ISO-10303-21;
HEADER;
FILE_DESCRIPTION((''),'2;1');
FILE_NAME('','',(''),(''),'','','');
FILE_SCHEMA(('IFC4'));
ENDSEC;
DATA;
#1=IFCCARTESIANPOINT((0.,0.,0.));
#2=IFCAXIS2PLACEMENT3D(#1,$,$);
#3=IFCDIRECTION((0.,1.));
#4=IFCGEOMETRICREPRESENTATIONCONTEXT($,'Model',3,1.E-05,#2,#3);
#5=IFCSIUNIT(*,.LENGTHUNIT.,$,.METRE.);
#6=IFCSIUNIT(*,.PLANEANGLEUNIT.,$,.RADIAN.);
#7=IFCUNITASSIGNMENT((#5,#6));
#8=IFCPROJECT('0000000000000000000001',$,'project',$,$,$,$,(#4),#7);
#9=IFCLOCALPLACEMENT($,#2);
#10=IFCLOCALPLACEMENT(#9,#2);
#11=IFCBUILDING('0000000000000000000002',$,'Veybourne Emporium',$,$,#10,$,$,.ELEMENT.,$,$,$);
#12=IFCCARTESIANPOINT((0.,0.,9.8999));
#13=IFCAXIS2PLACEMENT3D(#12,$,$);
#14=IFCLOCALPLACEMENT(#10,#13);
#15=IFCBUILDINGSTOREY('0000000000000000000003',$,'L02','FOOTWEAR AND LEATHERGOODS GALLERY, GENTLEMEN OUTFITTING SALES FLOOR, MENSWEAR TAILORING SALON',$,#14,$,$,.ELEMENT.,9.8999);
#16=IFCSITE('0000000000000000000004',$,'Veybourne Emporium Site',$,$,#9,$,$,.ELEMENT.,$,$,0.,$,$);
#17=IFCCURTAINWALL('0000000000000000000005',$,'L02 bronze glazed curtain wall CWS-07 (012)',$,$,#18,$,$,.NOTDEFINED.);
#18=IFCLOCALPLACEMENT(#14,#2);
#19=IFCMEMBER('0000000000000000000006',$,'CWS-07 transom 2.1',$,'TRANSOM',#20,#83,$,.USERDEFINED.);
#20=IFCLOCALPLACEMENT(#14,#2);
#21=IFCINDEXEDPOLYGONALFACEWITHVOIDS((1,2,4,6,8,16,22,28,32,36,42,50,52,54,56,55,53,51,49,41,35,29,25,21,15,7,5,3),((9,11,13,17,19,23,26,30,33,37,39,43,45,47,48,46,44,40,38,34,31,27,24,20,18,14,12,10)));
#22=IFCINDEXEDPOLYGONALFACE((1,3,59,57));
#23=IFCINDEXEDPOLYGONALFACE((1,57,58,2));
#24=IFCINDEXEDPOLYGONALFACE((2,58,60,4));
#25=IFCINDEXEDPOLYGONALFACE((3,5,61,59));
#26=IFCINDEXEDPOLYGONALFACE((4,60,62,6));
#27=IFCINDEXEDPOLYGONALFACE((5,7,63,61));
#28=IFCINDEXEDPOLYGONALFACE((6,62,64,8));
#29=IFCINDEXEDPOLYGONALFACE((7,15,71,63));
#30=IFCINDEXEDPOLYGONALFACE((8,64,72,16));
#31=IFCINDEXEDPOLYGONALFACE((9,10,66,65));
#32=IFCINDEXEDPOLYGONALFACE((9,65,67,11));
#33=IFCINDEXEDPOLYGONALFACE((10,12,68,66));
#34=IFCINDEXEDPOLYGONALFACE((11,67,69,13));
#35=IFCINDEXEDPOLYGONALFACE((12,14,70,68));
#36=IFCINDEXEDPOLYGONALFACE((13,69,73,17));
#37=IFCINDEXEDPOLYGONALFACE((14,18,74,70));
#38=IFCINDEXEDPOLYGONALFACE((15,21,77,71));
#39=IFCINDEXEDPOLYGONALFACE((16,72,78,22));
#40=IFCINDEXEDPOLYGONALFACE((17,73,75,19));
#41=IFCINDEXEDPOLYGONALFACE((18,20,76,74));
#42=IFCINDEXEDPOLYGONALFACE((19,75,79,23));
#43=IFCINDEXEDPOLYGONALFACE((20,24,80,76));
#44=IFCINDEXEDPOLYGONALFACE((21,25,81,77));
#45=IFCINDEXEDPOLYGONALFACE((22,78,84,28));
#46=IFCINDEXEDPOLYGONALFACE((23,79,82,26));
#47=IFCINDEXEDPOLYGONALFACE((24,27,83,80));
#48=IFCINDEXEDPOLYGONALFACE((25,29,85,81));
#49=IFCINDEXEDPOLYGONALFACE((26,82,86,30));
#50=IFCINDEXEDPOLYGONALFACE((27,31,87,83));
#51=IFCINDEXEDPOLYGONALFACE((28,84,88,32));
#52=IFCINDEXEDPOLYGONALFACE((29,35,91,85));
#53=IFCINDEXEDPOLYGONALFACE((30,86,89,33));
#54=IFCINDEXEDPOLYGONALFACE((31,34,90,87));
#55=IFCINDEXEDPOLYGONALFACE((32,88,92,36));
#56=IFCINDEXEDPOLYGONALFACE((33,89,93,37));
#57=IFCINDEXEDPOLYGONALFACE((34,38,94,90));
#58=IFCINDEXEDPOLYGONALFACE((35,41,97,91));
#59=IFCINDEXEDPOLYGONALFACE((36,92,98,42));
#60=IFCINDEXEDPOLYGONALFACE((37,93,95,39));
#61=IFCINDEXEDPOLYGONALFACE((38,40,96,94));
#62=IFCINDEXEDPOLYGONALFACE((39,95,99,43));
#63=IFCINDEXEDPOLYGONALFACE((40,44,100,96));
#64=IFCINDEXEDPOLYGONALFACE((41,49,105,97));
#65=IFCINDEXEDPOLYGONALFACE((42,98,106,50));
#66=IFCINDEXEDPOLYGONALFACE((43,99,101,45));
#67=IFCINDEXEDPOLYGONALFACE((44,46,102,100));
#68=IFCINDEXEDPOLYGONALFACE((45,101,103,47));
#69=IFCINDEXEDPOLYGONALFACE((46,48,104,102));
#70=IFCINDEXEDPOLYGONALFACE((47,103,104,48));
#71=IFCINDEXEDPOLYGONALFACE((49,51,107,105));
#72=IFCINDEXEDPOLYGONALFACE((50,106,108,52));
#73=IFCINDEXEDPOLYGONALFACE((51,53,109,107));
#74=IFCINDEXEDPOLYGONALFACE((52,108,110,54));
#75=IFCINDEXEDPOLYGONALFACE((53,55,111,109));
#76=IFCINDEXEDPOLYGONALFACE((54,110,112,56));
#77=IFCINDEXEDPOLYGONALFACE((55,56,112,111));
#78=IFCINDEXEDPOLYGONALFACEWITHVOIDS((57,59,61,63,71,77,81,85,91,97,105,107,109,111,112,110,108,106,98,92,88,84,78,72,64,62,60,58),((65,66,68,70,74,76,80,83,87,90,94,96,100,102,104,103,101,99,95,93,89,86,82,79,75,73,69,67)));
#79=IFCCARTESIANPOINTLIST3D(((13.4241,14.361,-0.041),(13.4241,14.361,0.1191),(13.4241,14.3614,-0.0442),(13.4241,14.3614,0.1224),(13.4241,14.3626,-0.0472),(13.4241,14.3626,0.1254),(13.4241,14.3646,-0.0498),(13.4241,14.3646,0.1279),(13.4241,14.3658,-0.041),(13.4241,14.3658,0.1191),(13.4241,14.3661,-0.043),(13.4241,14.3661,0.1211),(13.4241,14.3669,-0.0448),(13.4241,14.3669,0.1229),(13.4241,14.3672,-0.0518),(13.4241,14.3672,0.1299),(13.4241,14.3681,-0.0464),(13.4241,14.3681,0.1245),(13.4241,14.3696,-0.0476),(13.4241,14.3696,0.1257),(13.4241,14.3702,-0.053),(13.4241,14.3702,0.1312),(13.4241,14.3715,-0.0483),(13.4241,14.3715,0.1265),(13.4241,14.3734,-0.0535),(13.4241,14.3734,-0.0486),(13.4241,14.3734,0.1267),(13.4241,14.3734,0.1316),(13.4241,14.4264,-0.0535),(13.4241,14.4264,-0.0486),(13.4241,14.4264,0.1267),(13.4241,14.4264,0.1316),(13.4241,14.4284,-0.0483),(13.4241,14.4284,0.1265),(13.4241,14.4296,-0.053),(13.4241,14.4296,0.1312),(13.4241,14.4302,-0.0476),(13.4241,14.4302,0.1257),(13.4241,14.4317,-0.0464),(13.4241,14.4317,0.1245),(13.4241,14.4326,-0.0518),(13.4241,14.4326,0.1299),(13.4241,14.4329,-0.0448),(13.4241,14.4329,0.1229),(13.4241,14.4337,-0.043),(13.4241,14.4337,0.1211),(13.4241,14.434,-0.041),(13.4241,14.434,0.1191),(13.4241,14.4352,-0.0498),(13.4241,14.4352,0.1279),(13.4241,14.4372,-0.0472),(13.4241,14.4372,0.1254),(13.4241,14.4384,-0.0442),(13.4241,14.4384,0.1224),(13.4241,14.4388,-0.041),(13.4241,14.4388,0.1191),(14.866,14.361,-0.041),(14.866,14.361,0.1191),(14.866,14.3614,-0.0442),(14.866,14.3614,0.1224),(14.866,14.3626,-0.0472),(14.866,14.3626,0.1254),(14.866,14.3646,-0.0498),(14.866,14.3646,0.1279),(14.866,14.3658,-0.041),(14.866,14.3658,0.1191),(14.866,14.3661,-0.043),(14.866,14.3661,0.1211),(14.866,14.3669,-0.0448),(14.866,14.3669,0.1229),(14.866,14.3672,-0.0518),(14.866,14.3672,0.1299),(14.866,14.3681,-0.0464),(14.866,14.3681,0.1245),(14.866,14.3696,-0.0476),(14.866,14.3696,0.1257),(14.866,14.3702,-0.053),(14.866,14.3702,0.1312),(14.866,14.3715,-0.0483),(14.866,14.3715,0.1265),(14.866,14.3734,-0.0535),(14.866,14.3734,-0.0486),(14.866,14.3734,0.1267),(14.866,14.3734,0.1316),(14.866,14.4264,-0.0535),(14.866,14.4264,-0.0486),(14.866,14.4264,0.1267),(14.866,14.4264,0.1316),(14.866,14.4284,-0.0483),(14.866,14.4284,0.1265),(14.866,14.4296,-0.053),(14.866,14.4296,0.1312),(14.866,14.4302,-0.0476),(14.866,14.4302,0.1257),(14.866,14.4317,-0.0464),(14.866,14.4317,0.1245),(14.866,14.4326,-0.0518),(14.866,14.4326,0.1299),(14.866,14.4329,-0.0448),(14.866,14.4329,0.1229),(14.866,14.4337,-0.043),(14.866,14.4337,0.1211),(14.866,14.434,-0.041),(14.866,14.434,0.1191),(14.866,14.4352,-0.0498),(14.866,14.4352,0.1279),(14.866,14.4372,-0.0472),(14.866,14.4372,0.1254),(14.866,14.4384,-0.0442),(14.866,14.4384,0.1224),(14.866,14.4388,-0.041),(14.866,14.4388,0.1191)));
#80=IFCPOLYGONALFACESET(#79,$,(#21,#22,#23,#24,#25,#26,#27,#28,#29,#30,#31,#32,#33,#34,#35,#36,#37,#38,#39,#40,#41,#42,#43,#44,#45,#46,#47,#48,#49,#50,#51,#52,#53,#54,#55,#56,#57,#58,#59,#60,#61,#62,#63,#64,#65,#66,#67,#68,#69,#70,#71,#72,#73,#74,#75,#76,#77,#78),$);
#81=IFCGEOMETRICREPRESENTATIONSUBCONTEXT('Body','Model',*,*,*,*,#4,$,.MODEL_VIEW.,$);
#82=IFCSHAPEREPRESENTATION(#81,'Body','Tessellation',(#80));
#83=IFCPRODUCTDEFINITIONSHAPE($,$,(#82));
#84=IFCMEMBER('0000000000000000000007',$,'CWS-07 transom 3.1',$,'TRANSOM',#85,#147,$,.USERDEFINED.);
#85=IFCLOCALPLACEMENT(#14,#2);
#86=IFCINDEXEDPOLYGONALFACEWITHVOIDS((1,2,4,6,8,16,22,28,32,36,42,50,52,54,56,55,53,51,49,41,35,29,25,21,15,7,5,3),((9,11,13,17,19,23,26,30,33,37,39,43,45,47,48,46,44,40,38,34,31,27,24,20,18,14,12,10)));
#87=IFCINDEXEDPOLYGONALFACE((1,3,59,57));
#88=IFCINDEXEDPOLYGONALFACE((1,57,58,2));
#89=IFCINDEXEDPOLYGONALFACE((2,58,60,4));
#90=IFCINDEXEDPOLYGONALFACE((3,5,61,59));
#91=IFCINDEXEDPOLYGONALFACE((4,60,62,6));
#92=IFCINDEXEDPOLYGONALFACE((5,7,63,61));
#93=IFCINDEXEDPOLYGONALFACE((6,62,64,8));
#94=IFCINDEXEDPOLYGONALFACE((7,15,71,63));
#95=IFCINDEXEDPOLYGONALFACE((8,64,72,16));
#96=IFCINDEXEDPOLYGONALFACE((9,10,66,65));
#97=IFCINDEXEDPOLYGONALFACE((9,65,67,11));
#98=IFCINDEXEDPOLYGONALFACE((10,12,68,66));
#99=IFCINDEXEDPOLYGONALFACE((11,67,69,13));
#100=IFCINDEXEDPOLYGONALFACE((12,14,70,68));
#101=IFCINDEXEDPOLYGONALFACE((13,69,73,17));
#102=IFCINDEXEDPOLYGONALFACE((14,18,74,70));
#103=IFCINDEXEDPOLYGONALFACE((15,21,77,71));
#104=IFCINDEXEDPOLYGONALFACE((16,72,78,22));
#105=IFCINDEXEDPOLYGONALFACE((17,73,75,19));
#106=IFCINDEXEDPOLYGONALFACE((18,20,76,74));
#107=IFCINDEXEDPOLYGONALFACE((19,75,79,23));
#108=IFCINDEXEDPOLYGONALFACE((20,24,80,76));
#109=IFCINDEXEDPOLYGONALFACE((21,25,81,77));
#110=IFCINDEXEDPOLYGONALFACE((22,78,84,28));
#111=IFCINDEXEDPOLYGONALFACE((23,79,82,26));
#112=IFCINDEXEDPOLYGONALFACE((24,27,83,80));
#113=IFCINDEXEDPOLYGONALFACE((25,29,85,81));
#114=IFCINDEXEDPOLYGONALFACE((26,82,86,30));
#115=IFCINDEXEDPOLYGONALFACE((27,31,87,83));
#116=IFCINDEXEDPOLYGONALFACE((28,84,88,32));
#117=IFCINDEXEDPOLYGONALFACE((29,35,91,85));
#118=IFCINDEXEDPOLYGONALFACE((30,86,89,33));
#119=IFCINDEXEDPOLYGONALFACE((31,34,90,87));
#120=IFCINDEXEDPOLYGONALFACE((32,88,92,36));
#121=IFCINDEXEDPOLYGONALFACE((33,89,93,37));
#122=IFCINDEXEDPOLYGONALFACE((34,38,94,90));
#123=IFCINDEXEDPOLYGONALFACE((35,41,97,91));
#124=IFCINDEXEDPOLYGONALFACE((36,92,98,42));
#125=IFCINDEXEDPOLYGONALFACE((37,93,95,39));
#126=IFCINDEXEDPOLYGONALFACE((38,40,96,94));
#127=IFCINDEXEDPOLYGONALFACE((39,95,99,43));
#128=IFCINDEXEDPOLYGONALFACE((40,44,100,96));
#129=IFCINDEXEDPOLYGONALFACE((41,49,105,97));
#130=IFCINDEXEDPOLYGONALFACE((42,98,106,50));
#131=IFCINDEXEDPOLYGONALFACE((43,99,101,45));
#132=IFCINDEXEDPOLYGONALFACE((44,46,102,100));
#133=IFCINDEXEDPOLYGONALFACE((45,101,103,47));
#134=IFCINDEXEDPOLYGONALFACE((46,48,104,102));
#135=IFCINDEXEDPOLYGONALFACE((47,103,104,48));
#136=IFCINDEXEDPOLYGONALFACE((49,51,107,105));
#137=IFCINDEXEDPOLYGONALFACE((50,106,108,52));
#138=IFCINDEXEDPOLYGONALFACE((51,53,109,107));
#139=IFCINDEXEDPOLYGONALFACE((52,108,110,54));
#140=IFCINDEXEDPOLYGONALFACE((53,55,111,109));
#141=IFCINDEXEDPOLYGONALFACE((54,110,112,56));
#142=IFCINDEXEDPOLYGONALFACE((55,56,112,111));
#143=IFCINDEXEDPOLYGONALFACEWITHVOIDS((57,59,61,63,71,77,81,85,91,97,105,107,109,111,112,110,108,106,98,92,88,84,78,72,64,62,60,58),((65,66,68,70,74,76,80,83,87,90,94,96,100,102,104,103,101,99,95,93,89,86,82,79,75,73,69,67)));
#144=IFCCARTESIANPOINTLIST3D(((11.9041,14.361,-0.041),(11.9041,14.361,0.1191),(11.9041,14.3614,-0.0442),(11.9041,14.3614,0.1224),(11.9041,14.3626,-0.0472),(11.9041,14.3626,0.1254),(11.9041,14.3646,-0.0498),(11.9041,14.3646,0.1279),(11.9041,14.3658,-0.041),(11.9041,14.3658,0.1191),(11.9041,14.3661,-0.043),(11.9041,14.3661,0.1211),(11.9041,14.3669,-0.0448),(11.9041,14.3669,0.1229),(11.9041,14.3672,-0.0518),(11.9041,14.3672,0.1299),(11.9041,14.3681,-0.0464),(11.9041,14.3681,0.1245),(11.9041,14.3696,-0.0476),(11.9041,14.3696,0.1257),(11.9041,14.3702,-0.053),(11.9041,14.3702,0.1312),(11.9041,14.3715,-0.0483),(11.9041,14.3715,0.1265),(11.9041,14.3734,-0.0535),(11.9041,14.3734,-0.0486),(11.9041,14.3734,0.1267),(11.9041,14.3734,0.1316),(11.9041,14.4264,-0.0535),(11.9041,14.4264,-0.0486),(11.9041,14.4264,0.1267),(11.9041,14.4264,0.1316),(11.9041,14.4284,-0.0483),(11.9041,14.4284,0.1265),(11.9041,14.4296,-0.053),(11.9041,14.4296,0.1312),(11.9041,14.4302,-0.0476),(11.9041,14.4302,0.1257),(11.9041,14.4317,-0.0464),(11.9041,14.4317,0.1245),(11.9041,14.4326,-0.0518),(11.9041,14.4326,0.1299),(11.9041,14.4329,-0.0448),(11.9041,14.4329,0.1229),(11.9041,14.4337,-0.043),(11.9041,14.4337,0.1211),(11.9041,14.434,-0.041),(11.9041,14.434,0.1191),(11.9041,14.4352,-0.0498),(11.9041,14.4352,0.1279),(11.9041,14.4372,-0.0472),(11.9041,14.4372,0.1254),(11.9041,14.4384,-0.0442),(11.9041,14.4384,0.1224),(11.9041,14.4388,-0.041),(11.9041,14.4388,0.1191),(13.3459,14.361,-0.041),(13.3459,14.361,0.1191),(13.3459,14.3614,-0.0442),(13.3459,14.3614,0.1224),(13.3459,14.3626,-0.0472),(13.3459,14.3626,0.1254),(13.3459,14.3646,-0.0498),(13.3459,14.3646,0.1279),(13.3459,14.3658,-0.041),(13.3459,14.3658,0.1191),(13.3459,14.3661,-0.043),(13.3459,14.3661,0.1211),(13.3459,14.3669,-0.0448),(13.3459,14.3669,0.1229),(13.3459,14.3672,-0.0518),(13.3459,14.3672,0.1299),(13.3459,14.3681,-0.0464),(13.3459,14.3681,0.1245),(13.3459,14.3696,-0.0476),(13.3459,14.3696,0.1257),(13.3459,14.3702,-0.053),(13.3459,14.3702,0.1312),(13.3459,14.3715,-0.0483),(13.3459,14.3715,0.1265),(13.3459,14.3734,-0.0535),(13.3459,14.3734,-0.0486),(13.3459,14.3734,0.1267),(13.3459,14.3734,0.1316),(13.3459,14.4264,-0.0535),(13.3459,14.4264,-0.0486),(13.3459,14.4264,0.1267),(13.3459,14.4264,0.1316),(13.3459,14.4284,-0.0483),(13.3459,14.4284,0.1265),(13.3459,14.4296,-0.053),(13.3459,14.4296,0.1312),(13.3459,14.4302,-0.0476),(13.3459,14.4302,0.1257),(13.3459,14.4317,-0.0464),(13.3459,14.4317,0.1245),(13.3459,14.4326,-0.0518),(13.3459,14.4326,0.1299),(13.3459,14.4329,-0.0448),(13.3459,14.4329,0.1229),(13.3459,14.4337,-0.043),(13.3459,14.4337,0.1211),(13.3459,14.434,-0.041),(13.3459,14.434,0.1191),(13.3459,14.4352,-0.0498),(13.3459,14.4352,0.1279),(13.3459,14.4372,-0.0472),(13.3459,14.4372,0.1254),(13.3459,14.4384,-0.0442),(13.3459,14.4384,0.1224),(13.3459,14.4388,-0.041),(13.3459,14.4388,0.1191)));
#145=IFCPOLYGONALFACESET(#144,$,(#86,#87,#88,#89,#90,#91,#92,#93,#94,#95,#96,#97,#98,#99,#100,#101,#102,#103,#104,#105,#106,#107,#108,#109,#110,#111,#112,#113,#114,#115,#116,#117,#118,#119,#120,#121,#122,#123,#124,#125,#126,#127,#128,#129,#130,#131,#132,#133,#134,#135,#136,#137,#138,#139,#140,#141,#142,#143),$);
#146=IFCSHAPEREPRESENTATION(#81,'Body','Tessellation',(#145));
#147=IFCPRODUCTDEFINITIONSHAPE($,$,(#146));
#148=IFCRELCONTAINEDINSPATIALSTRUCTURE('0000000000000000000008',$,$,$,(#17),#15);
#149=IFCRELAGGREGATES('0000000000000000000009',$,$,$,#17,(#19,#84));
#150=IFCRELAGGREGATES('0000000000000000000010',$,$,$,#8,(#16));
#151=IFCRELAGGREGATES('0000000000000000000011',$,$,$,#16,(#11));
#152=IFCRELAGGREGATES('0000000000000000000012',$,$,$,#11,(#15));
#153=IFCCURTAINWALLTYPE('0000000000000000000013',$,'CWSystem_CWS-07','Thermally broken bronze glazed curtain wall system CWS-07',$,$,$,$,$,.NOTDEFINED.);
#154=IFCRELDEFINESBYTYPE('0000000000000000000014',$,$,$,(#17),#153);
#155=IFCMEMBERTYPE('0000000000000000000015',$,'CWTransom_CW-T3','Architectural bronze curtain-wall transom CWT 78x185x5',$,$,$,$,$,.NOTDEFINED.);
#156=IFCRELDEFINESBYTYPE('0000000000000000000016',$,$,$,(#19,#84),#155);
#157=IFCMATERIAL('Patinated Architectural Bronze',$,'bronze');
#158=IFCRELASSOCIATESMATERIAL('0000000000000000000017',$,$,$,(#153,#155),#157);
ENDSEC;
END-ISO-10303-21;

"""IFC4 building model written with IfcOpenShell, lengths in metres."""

from ifc_helpers import new_model, si_unit, direction, frame, origin, origin_2d, place, context, subcontext, project, spatial, hollow_rectangle, extrude, material, material_profile, profile_set, type_object, element, aggregate, save


model = new_model("IFC4")

# Units and contexts
model_context = context("Model", 3, precision=1e-05, world=origin(), true_north=direction((0.0, 1.0)))
body_context = subcontext(model_context, "Body", "Model", "MODEL_VIEW")
ifc_project = project(units=[si_unit("LENGTHUNIT", "METRE"), si_unit("PLANEANGLEUNIT", "RADIAN")], contexts=[model_context])

# Site, building, storey
site_placement = place(None, origin())
site = spatial("IfcSite", under=ifc_project, at=site_placement, Name="Veybourne Emporium Site", CompositionType="ELEMENT", RefElevation=0.0)
building_placement = place(site_placement, origin())
building = spatial("IfcBuilding", under=site, at=building_placement, Name="Veybourne Emporium", CompositionType="ELEMENT")
storey_placement = place(building_placement, frame((0.0, 0.0, 9.8999)))
storey = spatial("IfcBuildingStorey", under=building, at=storey_placement, Name="L02", Description="FOOTWEAR AND LEATHERGOODS GALLERY, GENTLEMEN OUTFITTING SALES FLOOR, MENSWEAR TAILORING SALON", CompositionType="ELEMENT", Elevation=9.8999)

# Curtain wall, members
ifc_material_1 = material(Name="Patinated Architectural Bronze", Category="bronze")
curtain_wall_type = type_object("IfcCurtainWallType", Name="CWSystem_CWS-07", Description="Thermally broken bronze glazed curtain wall system CWS-07", PredefinedType="NOTDEFINED", material=ifc_material_1)
curtain_wall_placement = place(storey_placement, origin())
curtain_wall = element("IfcCurtainWall", 1, at=curtain_wall_placement, inside=storey, type_object=curtain_wall_type, Name="L02 bronze glazed curtain wall CWS-07 (012)", PredefinedType="NOTDEFINED")
ifc_material_profile_1 = material_profile(ifc_material_1, hollow_rectangle(XDim=0.0779, YDim=0.1851, WallThickness=0.0049, InnerFilletRadius=0.0076, OuterFilletRadius=0.0125, at=origin_2d()), Name="CWT 78x185x5")
ifc_profile_set_1 = profile_set([ifc_material_profile_1], Name="Patinated Architectural Bronze")
member_type_1 = type_object("IfcMemberType", Name="CWTransom_CW-T3", Description="Architectural bronze curtain-wall transom CWT 78x185x5", PredefinedType="NOTDEFINED", material=ifc_profile_set_1)
member_1_placement = place(storey_placement, frame((14.866, 14.3999, 0.0391), z_axis=(-1.0, 0.0, 0.0), x_axis=(0.0, -1.0, 0.0)))
member_1 = element("IfcMember", 2, at=member_1_placement, type_object=member_type_1, Name="CWS-07 transom 2.1", ObjectType="TRANSOM", PredefinedType="USERDEFINED", context=body_context, shape_type="SweptSolid", body=[
    extrude(hollow_rectangle(XDim=0.0779, YDim=0.1851, WallThickness=0.0049, InnerFilletRadius=0.0076, OuterFilletRadius=0.0125, at=origin_2d()), origin(), (0.0, 0.0, 1.0), 1.4419),
])
member_2_placement = place(storey_placement, frame((13.3459, 14.3999, 0.0391), z_axis=(-1.0, 0.0, 0.0), x_axis=(0.0, -1.0, 0.0)))
member_2 = element("IfcMember", 3, at=member_2_placement, type_object=member_type_1, Name="CWS-07 transom 3.1", ObjectType="TRANSOM", PredefinedType="USERDEFINED", context=body_context, shape_type="SweptSolid", body=[
    extrude(hollow_rectangle(XDim=0.0779, YDim=0.1851, WallThickness=0.0049, InnerFilletRadius=0.0076, OuterFilletRadius=0.0125, at=origin_2d()), origin(), (0.0, 0.0, 1.0), 1.4419),
])

aggregate(curtain_wall, [member_1, member_2])

save(model, "model.ifc")
